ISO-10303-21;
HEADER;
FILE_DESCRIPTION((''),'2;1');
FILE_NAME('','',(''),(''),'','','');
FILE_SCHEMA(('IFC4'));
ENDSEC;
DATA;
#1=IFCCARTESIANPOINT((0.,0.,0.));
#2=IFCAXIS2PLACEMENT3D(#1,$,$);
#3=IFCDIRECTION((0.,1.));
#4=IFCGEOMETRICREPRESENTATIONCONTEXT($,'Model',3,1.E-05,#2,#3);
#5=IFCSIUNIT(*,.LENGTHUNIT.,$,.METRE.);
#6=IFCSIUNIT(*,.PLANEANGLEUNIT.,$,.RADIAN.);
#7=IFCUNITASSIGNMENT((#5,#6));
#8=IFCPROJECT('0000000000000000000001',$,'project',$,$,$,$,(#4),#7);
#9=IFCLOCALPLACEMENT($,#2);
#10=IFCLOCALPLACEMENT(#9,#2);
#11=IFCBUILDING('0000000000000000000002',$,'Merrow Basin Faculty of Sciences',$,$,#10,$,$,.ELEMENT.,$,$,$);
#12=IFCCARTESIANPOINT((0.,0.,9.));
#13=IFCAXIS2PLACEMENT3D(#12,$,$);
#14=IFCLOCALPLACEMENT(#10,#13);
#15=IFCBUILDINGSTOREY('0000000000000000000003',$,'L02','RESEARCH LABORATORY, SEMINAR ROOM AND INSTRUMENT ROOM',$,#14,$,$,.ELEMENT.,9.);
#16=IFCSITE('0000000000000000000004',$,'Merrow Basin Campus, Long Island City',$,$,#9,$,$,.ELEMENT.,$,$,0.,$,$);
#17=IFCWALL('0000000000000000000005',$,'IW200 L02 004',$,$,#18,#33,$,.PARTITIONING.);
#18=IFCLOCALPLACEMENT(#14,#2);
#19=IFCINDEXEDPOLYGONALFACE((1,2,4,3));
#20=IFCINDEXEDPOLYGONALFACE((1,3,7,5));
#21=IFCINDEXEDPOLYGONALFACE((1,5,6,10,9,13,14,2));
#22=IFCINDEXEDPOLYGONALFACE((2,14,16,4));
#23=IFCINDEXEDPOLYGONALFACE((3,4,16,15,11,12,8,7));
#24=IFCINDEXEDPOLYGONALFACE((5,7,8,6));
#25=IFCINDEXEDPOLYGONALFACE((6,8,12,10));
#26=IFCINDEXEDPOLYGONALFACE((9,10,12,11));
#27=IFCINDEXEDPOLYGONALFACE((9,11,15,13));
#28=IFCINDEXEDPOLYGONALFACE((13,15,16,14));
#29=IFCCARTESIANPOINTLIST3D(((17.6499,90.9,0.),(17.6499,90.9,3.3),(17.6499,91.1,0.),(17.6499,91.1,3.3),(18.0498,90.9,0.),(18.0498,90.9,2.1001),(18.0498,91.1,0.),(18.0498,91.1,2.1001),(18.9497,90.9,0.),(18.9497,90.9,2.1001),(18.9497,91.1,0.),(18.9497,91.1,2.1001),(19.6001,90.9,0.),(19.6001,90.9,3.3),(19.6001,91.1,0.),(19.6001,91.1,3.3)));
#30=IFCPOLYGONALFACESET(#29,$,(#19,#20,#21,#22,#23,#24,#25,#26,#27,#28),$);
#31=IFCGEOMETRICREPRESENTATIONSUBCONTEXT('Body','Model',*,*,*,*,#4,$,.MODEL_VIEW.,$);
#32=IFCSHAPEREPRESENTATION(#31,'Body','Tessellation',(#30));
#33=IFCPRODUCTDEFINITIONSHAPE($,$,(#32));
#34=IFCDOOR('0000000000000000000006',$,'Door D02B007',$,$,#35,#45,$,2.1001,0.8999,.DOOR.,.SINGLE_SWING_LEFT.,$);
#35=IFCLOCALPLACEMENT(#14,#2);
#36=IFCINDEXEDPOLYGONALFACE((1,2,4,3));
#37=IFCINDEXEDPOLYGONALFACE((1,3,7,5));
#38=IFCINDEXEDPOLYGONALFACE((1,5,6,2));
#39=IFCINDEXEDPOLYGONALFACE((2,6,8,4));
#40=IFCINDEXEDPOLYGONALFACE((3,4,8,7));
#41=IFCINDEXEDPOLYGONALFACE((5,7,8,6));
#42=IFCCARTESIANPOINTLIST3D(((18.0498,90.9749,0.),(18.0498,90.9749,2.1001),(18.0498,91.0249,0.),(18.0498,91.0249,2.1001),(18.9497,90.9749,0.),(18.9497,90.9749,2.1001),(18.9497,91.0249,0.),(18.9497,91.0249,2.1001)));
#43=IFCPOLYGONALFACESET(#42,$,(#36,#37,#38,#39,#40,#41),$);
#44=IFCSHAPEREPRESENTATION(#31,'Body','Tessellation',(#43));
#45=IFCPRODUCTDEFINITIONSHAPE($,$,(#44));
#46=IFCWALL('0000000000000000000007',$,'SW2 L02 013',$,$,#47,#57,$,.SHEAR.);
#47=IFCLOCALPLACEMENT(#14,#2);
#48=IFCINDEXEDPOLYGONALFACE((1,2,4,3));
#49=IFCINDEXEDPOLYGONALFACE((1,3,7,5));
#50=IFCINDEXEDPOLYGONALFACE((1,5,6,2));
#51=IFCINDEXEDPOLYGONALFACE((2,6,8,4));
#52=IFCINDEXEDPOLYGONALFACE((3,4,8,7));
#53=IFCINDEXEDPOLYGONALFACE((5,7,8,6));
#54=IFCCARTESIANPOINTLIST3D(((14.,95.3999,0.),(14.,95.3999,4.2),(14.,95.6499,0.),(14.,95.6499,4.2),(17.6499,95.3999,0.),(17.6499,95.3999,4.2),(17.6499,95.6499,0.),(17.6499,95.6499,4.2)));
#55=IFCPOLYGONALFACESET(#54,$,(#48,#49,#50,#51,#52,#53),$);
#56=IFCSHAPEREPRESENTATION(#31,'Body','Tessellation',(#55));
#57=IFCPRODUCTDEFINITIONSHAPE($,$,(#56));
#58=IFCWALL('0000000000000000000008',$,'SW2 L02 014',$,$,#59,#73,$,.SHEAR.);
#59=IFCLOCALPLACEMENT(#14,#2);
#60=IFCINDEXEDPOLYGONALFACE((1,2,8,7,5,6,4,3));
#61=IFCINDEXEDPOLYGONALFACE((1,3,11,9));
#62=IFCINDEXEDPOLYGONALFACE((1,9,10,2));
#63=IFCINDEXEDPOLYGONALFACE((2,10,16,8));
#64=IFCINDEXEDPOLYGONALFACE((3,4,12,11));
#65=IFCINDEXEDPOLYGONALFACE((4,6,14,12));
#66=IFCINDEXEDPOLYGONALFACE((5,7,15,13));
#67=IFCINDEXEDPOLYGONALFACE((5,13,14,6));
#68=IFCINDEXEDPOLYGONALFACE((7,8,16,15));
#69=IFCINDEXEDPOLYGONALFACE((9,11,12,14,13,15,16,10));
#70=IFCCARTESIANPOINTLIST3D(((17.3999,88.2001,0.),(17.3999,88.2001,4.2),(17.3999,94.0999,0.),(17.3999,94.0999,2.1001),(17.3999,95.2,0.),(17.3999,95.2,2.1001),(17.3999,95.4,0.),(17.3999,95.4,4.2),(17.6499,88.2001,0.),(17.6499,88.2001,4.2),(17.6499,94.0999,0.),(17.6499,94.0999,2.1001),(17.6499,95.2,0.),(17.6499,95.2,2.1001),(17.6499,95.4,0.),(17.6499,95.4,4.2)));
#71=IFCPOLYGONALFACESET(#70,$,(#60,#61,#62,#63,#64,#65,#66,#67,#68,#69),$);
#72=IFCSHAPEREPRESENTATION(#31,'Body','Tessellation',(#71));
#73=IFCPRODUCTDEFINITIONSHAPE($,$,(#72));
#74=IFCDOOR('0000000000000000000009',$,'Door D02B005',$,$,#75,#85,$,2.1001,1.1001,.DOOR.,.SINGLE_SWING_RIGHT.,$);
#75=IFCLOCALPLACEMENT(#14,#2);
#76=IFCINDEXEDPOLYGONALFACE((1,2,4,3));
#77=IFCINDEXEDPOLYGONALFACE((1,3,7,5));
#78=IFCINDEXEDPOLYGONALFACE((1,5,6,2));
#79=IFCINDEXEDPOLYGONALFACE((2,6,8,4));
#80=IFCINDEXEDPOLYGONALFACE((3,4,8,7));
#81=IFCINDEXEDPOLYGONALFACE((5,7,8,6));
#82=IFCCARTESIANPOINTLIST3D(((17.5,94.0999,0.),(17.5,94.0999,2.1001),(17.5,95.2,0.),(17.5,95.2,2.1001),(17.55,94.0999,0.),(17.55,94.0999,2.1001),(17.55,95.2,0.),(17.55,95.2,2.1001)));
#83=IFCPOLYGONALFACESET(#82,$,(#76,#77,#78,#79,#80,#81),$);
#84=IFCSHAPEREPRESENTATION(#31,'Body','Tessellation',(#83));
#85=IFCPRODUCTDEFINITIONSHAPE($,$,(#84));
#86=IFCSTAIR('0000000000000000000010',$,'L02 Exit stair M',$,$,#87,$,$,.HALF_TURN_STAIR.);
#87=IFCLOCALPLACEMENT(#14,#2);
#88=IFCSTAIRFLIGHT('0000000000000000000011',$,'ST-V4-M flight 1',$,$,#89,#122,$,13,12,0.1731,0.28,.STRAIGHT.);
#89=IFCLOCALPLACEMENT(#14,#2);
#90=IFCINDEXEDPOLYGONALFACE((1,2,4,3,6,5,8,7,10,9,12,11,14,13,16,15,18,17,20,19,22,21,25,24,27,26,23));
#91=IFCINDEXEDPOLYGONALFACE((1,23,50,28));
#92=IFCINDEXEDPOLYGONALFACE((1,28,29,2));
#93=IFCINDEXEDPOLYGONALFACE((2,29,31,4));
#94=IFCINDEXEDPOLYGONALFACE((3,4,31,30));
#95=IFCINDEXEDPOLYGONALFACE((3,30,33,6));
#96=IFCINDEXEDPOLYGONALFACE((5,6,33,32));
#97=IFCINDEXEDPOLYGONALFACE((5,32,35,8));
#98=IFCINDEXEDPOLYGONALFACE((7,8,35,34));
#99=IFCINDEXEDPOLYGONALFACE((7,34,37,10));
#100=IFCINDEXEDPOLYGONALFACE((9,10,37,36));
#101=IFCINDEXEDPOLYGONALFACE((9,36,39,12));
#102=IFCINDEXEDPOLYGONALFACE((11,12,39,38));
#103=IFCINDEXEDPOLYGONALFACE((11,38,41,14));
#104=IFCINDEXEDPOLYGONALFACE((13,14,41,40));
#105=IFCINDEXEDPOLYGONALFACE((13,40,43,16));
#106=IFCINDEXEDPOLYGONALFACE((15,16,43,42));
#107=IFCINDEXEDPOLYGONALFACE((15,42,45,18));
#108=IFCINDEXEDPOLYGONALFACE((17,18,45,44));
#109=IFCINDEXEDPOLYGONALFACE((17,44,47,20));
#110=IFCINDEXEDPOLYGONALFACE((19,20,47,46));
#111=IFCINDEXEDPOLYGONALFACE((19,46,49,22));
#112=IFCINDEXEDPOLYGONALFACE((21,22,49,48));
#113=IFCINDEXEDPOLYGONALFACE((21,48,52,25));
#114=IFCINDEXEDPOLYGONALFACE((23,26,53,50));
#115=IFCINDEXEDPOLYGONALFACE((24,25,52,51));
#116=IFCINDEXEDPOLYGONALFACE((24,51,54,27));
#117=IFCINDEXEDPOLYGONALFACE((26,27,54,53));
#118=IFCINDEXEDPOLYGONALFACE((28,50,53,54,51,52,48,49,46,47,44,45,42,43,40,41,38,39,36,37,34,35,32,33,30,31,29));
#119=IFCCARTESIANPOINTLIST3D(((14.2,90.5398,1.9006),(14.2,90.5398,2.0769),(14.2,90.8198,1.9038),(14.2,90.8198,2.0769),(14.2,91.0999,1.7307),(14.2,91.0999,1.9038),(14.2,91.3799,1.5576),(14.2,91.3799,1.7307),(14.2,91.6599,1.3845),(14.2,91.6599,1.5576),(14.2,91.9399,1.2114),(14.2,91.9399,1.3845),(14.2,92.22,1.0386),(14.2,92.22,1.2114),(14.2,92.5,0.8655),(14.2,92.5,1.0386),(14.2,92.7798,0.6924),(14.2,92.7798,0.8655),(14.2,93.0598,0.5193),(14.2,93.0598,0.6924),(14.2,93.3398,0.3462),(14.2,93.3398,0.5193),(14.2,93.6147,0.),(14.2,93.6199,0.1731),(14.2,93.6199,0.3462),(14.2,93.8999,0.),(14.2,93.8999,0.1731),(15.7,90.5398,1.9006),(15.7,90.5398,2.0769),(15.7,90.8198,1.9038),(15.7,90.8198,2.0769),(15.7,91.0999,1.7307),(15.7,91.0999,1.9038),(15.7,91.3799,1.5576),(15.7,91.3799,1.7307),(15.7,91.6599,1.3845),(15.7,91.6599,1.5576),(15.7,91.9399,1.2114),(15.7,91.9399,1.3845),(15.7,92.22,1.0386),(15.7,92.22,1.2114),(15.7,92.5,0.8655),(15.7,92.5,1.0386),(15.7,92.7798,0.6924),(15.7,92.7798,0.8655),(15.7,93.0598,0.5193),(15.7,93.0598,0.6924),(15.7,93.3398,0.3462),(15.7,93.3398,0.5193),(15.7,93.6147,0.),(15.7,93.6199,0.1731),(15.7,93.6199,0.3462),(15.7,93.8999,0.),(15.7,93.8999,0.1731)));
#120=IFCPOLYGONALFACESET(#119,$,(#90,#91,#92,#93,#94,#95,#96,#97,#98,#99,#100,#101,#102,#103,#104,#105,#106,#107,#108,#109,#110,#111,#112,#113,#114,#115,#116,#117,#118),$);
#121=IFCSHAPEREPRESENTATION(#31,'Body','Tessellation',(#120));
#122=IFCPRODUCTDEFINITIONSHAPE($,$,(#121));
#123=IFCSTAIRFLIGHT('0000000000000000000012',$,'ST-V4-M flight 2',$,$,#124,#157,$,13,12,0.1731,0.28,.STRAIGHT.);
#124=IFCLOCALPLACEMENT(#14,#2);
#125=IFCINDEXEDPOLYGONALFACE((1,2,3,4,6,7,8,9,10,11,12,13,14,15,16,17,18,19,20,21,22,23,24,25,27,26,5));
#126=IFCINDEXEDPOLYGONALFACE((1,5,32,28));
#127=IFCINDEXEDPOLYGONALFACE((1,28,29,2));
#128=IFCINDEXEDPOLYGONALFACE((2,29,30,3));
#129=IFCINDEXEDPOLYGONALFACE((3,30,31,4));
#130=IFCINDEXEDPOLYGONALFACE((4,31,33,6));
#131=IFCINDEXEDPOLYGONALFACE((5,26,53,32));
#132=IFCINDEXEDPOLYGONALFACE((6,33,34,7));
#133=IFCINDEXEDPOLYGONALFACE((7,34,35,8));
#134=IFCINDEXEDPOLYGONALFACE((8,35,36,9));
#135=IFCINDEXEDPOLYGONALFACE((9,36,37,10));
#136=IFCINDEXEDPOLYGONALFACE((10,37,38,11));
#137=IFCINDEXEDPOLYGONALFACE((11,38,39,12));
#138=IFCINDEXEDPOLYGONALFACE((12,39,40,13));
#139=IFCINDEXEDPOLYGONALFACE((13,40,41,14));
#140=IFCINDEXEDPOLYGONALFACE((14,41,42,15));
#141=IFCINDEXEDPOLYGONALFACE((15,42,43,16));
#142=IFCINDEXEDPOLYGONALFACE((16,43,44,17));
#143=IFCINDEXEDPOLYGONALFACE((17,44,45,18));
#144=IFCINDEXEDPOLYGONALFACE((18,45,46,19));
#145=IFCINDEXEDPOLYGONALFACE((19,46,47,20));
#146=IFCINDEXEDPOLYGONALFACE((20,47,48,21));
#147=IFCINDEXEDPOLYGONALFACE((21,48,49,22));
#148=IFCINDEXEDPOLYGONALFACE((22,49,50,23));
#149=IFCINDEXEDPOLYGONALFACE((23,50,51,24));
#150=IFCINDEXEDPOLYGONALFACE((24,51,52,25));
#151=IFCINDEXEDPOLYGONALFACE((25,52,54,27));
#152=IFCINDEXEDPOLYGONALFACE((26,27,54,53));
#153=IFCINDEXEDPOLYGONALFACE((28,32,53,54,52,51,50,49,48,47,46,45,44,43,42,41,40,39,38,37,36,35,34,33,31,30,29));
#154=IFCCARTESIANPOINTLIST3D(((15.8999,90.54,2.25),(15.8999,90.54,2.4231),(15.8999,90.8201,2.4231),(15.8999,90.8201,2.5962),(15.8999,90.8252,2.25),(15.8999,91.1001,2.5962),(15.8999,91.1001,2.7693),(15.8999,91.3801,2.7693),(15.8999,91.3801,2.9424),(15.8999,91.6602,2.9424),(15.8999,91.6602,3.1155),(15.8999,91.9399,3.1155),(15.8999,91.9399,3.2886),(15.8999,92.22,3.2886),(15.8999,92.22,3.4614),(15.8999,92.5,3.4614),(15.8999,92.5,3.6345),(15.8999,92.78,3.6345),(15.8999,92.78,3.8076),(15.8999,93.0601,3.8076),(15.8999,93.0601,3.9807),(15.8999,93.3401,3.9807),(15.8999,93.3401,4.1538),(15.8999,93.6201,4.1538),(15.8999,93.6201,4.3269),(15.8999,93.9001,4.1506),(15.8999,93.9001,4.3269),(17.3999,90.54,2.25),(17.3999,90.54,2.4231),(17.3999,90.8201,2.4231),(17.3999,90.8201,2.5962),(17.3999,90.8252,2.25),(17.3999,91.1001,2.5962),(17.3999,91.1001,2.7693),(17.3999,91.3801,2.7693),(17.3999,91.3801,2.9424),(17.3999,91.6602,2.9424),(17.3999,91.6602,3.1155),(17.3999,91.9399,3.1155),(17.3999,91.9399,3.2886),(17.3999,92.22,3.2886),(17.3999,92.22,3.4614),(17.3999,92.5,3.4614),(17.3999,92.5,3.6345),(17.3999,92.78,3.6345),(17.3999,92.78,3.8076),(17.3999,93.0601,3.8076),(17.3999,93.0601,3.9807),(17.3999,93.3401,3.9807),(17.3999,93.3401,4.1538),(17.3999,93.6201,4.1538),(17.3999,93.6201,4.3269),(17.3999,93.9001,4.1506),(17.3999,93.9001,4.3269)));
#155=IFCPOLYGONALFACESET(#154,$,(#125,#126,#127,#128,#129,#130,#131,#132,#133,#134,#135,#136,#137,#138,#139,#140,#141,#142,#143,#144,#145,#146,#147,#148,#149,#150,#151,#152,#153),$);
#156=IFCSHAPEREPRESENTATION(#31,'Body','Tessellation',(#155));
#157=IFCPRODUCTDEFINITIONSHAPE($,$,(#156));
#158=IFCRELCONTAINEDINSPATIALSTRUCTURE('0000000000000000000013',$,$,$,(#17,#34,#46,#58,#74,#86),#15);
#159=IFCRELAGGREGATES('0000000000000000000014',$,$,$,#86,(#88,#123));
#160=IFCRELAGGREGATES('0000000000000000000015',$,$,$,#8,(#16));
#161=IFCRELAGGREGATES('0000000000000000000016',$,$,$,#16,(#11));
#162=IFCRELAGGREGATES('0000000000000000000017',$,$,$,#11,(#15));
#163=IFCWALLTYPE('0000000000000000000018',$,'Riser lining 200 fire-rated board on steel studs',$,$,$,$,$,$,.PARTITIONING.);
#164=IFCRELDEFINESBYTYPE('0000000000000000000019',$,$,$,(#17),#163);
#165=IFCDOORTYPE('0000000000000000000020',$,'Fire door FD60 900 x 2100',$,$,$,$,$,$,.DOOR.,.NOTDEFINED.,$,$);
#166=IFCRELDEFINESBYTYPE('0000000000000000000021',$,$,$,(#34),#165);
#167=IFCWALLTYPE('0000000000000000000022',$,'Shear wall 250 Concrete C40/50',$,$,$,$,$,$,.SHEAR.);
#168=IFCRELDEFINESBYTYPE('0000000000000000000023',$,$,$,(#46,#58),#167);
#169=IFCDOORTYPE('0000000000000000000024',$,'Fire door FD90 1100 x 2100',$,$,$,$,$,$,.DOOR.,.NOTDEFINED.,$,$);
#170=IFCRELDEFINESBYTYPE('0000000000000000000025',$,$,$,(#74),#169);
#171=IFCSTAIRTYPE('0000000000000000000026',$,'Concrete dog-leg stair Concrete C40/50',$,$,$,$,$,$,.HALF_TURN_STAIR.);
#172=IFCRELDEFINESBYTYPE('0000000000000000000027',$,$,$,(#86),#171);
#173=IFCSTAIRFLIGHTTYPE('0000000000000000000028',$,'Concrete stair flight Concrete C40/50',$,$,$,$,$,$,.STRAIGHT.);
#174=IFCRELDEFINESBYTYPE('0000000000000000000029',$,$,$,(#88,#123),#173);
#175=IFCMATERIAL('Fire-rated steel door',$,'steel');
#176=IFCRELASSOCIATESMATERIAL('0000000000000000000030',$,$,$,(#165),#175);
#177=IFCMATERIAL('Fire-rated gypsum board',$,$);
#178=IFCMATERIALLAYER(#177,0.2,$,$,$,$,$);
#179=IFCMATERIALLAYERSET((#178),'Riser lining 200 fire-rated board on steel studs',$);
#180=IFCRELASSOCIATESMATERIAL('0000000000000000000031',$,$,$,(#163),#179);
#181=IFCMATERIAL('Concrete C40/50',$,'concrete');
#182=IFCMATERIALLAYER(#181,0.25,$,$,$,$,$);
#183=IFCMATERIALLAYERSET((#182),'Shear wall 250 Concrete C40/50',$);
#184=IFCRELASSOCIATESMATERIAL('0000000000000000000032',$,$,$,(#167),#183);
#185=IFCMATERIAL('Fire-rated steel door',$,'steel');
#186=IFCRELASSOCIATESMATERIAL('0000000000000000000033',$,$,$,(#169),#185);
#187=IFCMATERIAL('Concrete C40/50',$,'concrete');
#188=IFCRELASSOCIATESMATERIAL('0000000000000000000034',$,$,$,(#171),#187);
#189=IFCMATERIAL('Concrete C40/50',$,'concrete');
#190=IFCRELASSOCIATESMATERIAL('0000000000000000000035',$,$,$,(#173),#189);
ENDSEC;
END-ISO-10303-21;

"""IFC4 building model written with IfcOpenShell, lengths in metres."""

from ifc_helpers import new_model, si_unit, direction, frame, frame_2d, origin, place, context, subcontext, project, spatial, polyline, rectangle, outline, extrude, material, layer, layer_set, type_object, element, fill, aggregate, save


model = new_model("IFC4")

# Units and contexts
model_context = context("Model", 3, precision=1e-05, world=origin(), true_north=direction((0.0, 1.0)))
body_context = subcontext(model_context, "Body", "Model", "MODEL_VIEW")
ifc_project = project(units=[si_unit("LENGTHUNIT", "METRE"), si_unit("PLANEANGLEUNIT", "RADIAN")], contexts=[model_context])

# Site, building, storey
site_placement = place(None, origin())
site = spatial("IfcSite", under=ifc_project, at=site_placement, Name="Merrow Basin Campus, Long Island City", CompositionType="ELEMENT", RefElevation=0.0)
building_placement = place(site_placement, origin())
building = spatial("IfcBuilding", under=site, at=building_placement, Name="Merrow Basin Faculty of Sciences", CompositionType="ELEMENT")
storey_placement = place(building_placement, frame((0.0, 0.0, 9.0)))
storey = spatial("IfcBuildingStorey", under=building, at=storey_placement, Name="L02", Description="RESEARCH LABORATORY, SEMINAR ROOM AND INSTRUMENT ROOM", CompositionType="ELEMENT", Elevation=9.0)

# Shared definitions
ifc_material_1 = material(Name="Fire-rated steel door", Category="steel")
door_type_1 = type_object("IfcDoorType", Name="Fire door FD60 900 x 2100", OperationType="NOTDEFINED", PredefinedType="DOOR", material=ifc_material_1)

# Shared definitions
ifc_material_2 = material(Name="Fire-rated gypsum board")
ifc_layer_1 = layer(ifc_material_2, 0.2)
ifc_layer_set_1 = layer_set([ifc_layer_1], Name="Riser lining 200 fire-rated board on steel studs")
wall_type_1 = type_object("IfcWallType", Name="Riser lining 200 fire-rated board on steel studs", PredefinedType="PARTITIONING", material=ifc_layer_set_1)

# Wall, opening, door
wall_1_placement = place(storey_placement, frame((17.6499, 91.0, 0.0), z_axis=(0.0, 0.0, 1.0), x_axis=(1.0, 0.0, 0.0)))
wall_1 = element("IfcWall", 1, at=wall_1_placement, inside=storey, type_object=wall_type_1, Name="IW200 L02 004", PredefinedType="PARTITIONING", context=body_context, shape_type="SweptSolid", body=[
    extrude(rectangle(XDim=1.9502, YDim=0.2, at=frame_2d((0.9751, 0.0))), origin(), (0.0, 0.0, 1.0), 3.3),
])
opening_1_placement = place(wall_1_placement, frame((0.3999, 0.0, 0.0)))
opening_1 = element("IfcOpeningElement", 2, at=opening_1_placement, cuts=wall_1, PredefinedType="OPENING", context=body_context, shape_type="SweptSolid", body=[
    extrude(rectangle(XDim=0.8999, YDim=2.1001, at=frame_2d((0.45, 1.05))), frame((0.0, 0.1099, 0.0), z_axis=(0.0, -1.0, 0.0), x_axis=(1.0, 0.0, 0.0)), (0.0, 0.0, 1.0), 0.22),
])
door_1_placement = place(opening_1_placement, origin())
door_1 = element("IfcDoor", 3, at=door_1_placement, inside=storey, type_object=door_type_1, Name="Door D02B007", OperationType="SINGLE_SWING_LEFT", OverallHeight=2.1001, OverallWidth=0.8999, PredefinedType="DOOR", context=body_context, shape_type="SweptSolid", body=[
    extrude(rectangle(XDim=0.8999, YDim=2.1001, at=frame_2d((0.45, 1.05))), frame((0.0, 0.0249, 0.0), z_axis=(0.0, -1.0, 0.0), x_axis=(1.0, 0.0, 0.0)), (0.0, 0.0, 1.0), 0.05),
])
fill(opening_1, door_1)

# Wall
ifc_material_3 = material(Name="Concrete C40/50", Category="concrete")
ifc_layer_2 = layer(ifc_material_3, 0.25)
ifc_layer_set_2 = layer_set([ifc_layer_2], Name="Shear wall 250 Concrete C40/50")
wall_type_2 = type_object("IfcWallType", Name="Shear wall 250 Concrete C40/50", PredefinedType="SHEAR", material=ifc_layer_set_2)
wall_2_placement = place(storey_placement, frame((14.0, 95.5249, 0.0), z_axis=(0.0, 0.0, 1.0), x_axis=(1.0, 0.0, 0.0)))
element("IfcWall", 4, at=wall_2_placement, inside=storey, type_object=wall_type_2, Name="SW2 L02 013", PredefinedType="SHEAR", context=body_context, shape_type="SweptSolid", body=[
    extrude(rectangle(XDim=3.6499, YDim=0.25, at=frame_2d((1.825, 0.0))), origin(), (0.0, 0.0, 1.0), 4.2),
])

# Wall, opening, door
wall_3_placement = place(storey_placement, frame((17.5249, 88.2, 0.0), z_axis=(0.0, 0.0, 1.0), x_axis=(0.0, 1.0, 0.0)))
wall_3 = element("IfcWall", 5, at=wall_3_placement, inside=storey, type_object=wall_type_2, Name="SW2 L02 014", PredefinedType="SHEAR", context=body_context, shape_type="SweptSolid", body=[
    extrude(rectangle(XDim=7.2, YDim=0.25, at=frame_2d((3.6001, 0.0))), origin(), (0.0, 0.0, 1.0), 4.2),
])
opening_2_placement = place(wall_3_placement, frame((5.8999, 0.0, 0.0)))
opening_2 = element("IfcOpeningElement", 6, at=opening_2_placement, cuts=wall_3, PredefinedType="OPENING", context=body_context, shape_type="SweptSolid", body=[
    extrude(rectangle(XDim=1.1001, YDim=2.1001, at=frame_2d((0.55, 1.05))), frame((0.0, 0.135, 0.0), z_axis=(0.0, -1.0, 0.0), x_axis=(1.0, 0.0, 0.0)), (0.0, 0.0, 1.0), 0.27),
])
ifc_material_4 = material(Name="Fire-rated steel door", Category="steel")
door_type_2 = type_object("IfcDoorType", Name="Fire door FD90 1100 x 2100", OperationType="NOTDEFINED", PredefinedType="DOOR", material=ifc_material_4)
door_2_placement = place(opening_2_placement, origin())
door_2 = element("IfcDoor", 7, at=door_2_placement, inside=storey, type_object=door_type_2, Name="Door D02B005", OperationType="SINGLE_SWING_RIGHT", OverallHeight=2.1001, OverallWidth=1.1001, PredefinedType="DOOR", context=body_context, shape_type="SweptSolid", body=[
    extrude(rectangle(XDim=1.1001, YDim=2.1001, at=frame_2d((0.55, 1.05))), frame((0.0, 0.0249, 0.0), z_axis=(0.0, -1.0, 0.0), x_axis=(1.0, 0.0, 0.0)), (0.0, 0.0, 1.0), 0.05),
])
fill(opening_2, door_2)

# Stair, stair flights
ifc_material_5 = material(Name="Concrete C40/50", Category="concrete")
stair_type = type_object("IfcStairType", Name="Concrete dog-leg stair Concrete C40/50", PredefinedType="HALF_TURN_STAIR", material=ifc_material_5)
stair_placement = place(storey_placement, origin())
stair = element("IfcStair", 8, at=stair_placement, inside=storey, type_object=stair_type, Name="L02 Exit stair M", PredefinedType="HALF_TURN_STAIR")
ifc_material_6 = material(Name="Concrete C40/50", Category="concrete")
stair_flight_type = type_object("IfcStairFlightType", Name="Concrete stair flight Concrete C40/50", PredefinedType="STRAIGHT", material=ifc_material_6)
stair_flight_1_placement = place(storey_placement, frame((14.95, 93.8999, 0.0), z_axis=(0.0, 0.0, 1.0), x_axis=(0.0, -1.0, 0.0)))
stair_flight_1 = element("IfcStairFlight", 9, at=stair_flight_1_placement, type_object=stair_flight_type, Name="ST-V4-M flight 1", NumberOfRisers=13, NumberOfTreads=12, PredefinedType="STRAIGHT", RiserHeight=0.1731, TreadLength=0.28, context=body_context, shape_type="SweptSolid", body=[
    extrude(outline(polyline([(0.0, 0.0), (0.0, 0.1731), (0.28, 0.1731), (0.28, 0.3462), (0.5601, 0.3462), (0.5601, 0.5193), (0.8401, 0.5193), (0.8401, 0.6924), (1.1201, 0.6924), (1.1201, 0.8655), (1.3999, 0.8655), (1.3999, 1.0386), (1.6799, 1.0386), (1.6799, 1.2114), (1.96, 1.2114), (1.96, 1.3845), (2.24, 1.3845), (2.24, 1.5576), (2.52, 1.5576), (2.52, 1.7307), (2.8, 1.7307), (2.8, 1.9038), (3.0801, 1.9038), (3.0801, 2.0769), (3.3601, 2.0769), (3.3601, 2.25), (3.3601, 1.9006), (0.2852, 0.0), (0.0, 0.0)])), frame((0.0, 0.75, 0.0), z_axis=(0.0, -1.0, 0.0), x_axis=(1.0, 0.0, 0.0)), (0.0, 0.0, 1.0), 1.5),
])
stair_flight_2_placement = place(storey_placement, frame((16.6499, 90.54, 2.25), z_axis=(0.0, 0.0, 1.0), x_axis=(0.0, 1.0, 0.0)))
stair_flight_2 = element("IfcStairFlight", 10, at=stair_flight_2_placement, type_object=stair_flight_type, Name="ST-V4-M flight 2", NumberOfRisers=13, NumberOfTreads=12, PredefinedType="STRAIGHT", RiserHeight=0.1731, TreadLength=0.28, context=body_context, shape_type="SweptSolid", body=[
    extrude(outline(polyline([(0.0, 0.0), (0.0, 0.1731), (0.28, 0.1731), (0.28, 0.3462), (0.5601, 0.3462), (0.5601, 0.5193), (0.8401, 0.5193), (0.8401, 0.6924), (1.1201, 0.6924), (1.1201, 0.8655), (1.3999, 0.8655), (1.3999, 1.0386), (1.6799, 1.0386), (1.6799, 1.2114), (1.96, 1.2114), (1.96, 1.3845), (2.24, 1.3845), (2.24, 1.5576), (2.52, 1.5576), (2.52, 1.7307), (2.8, 1.7307), (2.8, 1.9038), (3.0801, 1.9038), (3.0801, 2.0769), (3.3601, 2.0769), (3.3601, 2.25), (3.3601, 1.9006), (0.2852, 0.0), (0.0, 0.0)])), frame((0.0, 0.75, 0.0), z_axis=(0.0, -1.0, 0.0), x_axis=(1.0, 0.0, 0.0)), (0.0, 0.0, 1.0), 1.5),
])
aggregate(stair, [stair_flight_1, stair_flight_2])

save(model, "model.ifc")
